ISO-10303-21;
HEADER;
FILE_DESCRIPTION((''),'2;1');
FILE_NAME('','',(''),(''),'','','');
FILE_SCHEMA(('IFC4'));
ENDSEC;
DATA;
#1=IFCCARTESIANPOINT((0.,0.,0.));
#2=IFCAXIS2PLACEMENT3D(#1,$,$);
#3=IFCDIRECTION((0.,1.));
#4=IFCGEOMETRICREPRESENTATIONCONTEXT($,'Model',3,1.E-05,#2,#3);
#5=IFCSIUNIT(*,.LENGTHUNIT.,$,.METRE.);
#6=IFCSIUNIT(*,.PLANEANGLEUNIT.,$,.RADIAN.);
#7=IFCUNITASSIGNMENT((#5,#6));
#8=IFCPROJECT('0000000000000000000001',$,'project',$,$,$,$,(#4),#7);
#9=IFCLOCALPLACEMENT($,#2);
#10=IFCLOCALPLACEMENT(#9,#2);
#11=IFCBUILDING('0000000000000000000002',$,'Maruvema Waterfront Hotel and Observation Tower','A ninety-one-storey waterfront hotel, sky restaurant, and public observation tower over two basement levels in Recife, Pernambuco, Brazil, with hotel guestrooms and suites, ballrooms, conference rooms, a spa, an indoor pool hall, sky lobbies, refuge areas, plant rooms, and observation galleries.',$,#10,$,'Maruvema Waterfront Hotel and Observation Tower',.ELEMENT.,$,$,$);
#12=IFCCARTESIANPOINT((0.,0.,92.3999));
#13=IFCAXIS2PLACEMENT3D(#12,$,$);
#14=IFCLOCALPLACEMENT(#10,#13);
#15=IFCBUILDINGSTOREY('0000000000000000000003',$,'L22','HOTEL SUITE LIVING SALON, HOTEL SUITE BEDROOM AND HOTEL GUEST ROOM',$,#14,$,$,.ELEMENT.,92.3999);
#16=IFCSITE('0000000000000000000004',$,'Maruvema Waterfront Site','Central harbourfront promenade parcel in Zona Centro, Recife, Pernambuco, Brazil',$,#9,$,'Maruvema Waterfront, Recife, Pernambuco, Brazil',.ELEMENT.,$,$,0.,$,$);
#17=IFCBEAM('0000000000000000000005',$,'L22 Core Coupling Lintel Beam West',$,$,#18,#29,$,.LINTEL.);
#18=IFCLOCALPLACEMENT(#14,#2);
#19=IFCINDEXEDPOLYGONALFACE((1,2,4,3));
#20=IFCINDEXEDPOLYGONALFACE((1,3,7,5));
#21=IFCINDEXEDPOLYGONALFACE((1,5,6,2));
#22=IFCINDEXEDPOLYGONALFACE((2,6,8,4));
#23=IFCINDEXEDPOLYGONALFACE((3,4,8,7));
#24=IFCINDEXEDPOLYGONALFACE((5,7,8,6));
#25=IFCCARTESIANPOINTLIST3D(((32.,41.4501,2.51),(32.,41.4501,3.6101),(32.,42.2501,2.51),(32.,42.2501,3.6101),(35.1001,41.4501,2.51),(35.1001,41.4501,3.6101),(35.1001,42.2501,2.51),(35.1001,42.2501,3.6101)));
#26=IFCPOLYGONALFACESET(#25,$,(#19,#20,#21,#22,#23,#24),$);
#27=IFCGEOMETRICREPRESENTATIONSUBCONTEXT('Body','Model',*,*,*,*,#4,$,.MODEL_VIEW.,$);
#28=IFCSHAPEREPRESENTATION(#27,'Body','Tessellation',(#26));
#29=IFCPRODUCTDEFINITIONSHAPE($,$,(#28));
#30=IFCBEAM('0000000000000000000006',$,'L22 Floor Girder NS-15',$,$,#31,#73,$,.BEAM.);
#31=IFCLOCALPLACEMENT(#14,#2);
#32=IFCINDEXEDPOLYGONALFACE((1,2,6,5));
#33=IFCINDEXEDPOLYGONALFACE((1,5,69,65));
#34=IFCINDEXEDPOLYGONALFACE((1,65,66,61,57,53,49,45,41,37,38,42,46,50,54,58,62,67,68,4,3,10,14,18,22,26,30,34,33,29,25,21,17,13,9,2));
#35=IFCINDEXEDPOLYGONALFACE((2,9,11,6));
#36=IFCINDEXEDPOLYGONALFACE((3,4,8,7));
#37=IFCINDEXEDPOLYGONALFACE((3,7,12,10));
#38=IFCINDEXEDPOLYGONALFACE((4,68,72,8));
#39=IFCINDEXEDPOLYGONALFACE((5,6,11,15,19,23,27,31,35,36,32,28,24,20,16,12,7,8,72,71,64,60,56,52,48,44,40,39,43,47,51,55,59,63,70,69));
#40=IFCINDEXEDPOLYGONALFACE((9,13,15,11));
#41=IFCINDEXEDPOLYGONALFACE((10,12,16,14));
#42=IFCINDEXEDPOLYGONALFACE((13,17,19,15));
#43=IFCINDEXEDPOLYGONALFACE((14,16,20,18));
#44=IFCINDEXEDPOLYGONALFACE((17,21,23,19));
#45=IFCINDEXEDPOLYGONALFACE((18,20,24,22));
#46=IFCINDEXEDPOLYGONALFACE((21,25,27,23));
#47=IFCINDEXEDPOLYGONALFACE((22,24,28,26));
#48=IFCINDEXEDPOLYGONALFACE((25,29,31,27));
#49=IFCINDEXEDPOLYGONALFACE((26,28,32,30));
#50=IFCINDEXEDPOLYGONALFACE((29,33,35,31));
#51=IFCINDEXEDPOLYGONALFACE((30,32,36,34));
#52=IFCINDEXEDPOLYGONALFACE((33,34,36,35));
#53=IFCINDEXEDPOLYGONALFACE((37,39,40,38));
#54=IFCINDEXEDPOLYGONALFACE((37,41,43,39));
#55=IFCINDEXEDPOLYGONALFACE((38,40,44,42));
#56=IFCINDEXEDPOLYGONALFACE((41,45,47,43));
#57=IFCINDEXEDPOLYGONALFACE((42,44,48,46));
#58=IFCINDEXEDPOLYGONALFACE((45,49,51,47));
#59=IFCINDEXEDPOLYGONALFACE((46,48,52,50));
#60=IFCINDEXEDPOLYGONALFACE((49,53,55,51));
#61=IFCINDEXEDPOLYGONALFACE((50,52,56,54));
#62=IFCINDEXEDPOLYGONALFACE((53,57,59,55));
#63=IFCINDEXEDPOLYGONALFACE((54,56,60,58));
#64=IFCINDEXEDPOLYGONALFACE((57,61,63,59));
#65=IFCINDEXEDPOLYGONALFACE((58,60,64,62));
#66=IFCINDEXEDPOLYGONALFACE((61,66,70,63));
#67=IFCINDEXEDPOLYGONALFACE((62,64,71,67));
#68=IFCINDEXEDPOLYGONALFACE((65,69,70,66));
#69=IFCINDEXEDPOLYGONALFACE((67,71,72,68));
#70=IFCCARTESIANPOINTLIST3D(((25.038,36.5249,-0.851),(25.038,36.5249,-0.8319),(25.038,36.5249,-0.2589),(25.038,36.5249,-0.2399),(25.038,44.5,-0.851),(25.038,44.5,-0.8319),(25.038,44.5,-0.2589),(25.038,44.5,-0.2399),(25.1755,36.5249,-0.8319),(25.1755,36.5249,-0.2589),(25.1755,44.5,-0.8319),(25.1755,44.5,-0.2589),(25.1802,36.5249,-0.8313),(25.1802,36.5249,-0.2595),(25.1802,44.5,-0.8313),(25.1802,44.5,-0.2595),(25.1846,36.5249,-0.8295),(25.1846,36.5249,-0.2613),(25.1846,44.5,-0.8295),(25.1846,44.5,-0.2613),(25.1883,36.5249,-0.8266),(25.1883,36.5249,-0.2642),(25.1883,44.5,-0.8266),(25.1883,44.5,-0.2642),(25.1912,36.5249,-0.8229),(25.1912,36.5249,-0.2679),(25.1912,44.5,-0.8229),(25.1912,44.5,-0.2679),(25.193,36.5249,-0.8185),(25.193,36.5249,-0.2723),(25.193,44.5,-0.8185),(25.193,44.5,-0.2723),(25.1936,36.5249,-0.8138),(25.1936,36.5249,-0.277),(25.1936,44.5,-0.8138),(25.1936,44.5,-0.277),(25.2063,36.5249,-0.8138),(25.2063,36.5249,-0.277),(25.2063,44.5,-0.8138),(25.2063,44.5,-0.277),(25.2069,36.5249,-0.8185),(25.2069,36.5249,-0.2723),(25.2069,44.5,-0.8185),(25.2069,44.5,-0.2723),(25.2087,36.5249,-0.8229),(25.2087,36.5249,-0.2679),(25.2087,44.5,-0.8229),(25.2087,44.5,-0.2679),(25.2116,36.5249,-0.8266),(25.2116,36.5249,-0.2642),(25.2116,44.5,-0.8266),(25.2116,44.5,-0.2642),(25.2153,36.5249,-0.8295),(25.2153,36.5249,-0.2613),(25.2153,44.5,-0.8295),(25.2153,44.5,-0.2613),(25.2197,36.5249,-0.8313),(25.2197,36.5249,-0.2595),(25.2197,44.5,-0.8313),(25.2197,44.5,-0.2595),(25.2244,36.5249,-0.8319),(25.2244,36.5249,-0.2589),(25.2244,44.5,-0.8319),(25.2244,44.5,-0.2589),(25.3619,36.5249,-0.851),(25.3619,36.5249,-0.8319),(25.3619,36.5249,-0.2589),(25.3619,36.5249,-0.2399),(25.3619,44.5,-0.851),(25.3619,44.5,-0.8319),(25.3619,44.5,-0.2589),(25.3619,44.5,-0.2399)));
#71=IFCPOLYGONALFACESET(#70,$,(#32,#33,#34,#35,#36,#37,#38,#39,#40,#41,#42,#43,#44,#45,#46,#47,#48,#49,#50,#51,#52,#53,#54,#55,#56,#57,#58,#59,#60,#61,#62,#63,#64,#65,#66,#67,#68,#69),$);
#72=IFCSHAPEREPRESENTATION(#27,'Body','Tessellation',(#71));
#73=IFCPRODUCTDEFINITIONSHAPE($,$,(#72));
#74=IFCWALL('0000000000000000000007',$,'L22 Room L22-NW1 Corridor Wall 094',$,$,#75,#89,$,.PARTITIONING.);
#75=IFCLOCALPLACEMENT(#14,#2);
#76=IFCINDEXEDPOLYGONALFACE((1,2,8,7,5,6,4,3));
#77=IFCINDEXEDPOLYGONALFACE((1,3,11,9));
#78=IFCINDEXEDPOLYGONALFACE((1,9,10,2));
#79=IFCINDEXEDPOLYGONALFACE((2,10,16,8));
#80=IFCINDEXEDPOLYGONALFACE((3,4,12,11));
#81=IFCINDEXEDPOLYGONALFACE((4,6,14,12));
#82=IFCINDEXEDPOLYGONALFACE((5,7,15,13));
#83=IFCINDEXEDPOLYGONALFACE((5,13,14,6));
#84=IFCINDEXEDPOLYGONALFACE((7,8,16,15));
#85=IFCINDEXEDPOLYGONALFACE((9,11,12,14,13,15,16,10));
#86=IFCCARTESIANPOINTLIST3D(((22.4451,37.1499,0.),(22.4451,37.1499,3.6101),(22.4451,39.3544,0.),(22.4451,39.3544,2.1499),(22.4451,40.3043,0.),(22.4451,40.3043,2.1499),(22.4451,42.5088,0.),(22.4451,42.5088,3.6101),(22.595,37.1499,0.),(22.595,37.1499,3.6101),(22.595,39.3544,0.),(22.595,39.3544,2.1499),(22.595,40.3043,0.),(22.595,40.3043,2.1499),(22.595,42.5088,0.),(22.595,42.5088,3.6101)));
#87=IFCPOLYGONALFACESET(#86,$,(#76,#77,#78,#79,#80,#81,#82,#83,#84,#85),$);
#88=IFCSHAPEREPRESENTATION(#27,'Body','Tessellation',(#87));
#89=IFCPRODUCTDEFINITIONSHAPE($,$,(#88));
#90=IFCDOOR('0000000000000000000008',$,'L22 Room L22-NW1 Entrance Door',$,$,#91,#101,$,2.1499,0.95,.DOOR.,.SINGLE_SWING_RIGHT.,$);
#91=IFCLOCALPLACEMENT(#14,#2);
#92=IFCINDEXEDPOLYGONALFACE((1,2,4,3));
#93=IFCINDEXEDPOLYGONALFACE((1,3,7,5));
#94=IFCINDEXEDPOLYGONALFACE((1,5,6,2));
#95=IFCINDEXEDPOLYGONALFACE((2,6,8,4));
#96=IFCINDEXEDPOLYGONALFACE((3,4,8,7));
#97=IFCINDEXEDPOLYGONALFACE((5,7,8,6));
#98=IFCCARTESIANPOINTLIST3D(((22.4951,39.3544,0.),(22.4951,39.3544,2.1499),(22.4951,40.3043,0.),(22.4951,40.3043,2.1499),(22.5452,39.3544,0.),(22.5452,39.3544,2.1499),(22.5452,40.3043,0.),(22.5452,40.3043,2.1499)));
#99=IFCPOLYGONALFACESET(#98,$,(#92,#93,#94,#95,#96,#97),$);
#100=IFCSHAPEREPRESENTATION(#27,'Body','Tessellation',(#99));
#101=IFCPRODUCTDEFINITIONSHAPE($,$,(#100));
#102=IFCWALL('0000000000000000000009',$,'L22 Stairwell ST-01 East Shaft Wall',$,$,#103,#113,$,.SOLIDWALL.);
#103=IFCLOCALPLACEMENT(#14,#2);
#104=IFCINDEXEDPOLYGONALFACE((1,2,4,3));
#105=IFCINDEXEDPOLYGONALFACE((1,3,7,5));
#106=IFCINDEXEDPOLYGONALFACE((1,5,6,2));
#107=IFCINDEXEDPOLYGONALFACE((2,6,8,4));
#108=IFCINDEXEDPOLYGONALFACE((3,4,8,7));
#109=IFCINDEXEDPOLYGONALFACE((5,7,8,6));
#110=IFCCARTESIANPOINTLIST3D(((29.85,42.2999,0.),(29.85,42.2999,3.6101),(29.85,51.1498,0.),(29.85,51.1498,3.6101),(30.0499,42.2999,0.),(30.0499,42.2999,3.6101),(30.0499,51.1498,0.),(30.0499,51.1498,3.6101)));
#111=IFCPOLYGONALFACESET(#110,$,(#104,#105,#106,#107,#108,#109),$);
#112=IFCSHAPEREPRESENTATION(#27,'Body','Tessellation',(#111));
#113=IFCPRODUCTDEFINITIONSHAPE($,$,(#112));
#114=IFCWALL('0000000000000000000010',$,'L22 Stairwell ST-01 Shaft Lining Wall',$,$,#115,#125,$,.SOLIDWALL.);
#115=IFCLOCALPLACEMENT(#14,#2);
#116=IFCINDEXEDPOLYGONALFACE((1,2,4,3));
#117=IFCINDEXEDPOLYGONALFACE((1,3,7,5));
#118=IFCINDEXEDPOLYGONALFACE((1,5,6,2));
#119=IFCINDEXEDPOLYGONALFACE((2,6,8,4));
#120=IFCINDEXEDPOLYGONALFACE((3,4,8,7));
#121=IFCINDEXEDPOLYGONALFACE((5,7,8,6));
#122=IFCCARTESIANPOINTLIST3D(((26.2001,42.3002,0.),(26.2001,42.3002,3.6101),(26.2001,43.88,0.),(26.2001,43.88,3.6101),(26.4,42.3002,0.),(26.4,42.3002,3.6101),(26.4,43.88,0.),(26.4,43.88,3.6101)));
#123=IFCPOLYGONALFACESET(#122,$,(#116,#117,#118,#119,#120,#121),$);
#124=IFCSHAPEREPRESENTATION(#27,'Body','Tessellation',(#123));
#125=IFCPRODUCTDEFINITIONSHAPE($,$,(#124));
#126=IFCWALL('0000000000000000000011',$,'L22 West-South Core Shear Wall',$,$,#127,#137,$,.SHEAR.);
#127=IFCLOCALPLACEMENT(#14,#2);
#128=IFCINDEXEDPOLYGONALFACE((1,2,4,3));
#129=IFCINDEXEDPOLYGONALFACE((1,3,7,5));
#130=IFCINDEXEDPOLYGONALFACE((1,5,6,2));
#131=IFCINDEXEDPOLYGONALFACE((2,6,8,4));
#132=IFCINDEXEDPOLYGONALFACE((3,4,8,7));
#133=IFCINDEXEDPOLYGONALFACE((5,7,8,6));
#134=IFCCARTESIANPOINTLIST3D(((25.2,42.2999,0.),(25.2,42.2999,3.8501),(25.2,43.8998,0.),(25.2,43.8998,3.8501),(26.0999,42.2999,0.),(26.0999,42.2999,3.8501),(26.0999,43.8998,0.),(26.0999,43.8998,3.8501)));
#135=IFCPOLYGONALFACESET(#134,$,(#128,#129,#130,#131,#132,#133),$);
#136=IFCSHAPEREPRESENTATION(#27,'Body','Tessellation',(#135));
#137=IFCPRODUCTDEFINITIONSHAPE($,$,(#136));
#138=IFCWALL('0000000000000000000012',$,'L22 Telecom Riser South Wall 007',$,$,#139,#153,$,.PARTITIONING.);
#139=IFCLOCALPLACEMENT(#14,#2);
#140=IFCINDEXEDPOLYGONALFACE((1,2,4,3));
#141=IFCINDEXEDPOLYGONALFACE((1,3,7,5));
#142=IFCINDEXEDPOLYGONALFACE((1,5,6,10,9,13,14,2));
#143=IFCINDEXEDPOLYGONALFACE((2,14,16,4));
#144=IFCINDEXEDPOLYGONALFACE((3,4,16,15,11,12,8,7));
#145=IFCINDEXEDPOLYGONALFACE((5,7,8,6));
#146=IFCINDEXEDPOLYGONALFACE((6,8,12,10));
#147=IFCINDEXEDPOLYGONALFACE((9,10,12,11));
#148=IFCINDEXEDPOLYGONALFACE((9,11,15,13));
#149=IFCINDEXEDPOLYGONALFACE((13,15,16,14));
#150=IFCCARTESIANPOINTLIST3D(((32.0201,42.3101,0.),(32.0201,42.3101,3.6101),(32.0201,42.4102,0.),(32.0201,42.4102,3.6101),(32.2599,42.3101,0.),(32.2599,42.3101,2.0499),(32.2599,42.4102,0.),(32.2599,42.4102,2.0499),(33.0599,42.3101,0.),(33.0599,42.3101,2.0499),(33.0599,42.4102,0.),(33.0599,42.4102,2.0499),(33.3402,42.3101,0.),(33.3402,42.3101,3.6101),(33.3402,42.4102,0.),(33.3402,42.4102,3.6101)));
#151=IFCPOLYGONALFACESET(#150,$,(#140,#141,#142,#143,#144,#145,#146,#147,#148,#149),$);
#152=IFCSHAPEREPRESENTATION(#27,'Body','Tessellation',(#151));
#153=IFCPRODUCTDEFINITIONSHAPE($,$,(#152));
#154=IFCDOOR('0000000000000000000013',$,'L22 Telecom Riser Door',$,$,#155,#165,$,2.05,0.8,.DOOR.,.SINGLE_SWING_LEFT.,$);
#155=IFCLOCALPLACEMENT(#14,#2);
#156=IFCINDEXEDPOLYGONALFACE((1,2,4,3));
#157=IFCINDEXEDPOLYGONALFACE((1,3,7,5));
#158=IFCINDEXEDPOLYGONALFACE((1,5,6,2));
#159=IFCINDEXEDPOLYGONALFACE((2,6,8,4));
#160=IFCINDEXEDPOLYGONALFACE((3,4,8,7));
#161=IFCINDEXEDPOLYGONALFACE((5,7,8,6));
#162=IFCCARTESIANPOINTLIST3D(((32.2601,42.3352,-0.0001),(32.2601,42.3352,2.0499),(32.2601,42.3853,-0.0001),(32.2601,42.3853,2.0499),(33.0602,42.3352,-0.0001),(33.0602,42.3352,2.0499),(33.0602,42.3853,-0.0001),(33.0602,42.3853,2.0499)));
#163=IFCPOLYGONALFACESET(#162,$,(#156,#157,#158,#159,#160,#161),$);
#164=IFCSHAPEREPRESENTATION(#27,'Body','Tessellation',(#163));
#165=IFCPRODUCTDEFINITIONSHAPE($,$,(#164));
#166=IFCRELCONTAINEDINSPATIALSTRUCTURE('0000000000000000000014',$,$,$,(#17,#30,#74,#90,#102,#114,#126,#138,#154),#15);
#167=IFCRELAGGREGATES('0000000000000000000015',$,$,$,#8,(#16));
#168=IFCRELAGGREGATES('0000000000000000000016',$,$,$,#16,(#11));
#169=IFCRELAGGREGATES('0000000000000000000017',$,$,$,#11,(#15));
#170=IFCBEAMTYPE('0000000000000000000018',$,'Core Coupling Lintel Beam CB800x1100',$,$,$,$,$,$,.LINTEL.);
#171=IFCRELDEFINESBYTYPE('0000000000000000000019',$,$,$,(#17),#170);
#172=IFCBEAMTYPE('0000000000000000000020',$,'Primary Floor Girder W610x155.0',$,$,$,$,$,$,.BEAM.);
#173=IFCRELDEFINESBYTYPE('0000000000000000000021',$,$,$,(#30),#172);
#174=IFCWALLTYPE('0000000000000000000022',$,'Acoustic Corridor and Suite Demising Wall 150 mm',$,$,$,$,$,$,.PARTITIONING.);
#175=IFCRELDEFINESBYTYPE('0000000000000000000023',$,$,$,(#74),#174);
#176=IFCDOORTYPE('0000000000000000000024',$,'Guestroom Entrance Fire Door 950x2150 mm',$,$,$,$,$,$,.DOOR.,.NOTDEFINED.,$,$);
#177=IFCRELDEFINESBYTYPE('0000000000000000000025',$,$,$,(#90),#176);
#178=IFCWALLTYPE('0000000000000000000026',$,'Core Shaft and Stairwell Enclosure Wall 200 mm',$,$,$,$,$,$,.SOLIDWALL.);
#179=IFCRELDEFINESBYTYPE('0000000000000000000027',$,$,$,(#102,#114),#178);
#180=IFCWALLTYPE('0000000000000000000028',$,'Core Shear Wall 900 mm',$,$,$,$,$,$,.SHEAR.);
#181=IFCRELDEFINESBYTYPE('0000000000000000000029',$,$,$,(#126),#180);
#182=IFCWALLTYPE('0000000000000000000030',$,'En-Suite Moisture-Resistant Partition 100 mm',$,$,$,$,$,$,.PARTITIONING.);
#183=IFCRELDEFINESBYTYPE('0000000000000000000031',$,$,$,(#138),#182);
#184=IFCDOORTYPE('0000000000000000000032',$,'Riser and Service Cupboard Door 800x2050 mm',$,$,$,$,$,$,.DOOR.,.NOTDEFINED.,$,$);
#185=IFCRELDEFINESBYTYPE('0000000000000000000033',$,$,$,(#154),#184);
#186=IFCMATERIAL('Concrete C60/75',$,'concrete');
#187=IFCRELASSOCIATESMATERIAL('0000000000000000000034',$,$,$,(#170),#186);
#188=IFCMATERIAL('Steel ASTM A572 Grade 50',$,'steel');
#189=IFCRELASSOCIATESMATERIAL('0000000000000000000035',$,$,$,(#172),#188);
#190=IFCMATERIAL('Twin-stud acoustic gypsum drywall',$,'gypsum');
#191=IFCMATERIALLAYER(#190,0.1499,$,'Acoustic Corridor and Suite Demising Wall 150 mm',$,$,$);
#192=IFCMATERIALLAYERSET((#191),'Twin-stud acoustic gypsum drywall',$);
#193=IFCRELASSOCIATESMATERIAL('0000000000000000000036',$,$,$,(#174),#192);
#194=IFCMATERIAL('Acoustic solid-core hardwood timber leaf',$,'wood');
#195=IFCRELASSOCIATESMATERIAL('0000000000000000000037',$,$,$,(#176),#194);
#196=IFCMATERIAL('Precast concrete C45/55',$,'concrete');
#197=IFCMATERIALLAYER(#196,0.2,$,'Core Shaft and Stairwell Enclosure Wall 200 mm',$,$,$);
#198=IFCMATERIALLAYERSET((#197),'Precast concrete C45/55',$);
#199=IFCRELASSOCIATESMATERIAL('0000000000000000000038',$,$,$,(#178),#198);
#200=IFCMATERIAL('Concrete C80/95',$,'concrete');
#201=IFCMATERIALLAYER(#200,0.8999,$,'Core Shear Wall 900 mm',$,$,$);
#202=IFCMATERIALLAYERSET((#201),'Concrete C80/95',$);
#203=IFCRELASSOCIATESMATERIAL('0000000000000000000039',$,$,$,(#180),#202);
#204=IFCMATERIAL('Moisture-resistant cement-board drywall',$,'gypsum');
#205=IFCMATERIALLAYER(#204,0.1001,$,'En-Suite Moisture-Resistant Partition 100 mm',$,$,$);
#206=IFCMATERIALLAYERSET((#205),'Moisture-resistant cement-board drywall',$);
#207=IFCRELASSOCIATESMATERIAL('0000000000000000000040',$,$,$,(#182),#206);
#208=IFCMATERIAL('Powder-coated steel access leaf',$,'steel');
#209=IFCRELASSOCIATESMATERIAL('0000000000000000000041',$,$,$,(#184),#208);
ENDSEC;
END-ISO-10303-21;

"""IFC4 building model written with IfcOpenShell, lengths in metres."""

from ifc_helpers import new_model, si_unit, direction, frame, frame_2d, origin, origin_2d, place, context, subcontext, project, spatial, rectangle, i_section, extrude, material, layer, layer_set, material_profile, profile_set, type_object, element, fill, save


model = new_model("IFC4")

# Units and contexts
model_context = context("Model", 3, precision=1e-05, world=origin(), true_north=direction((0.0, 1.0)))
body_context = subcontext(model_context, "Body", "Model", "MODEL_VIEW")
ifc_project = project(units=[si_unit("LENGTHUNIT", "METRE"), si_unit("PLANEANGLEUNIT", "RADIAN")], contexts=[model_context])

# Site, building, storey
site_placement = place(None, origin())
site = spatial("IfcSite", under=ifc_project, at=site_placement, Name="Maruvema Waterfront Site", Description="Central harbourfront promenade parcel in Zona Centro, Recife, Pernambuco, Brazil", LongName="Maruvema Waterfront, Recife, Pernambuco, Brazil", CompositionType="ELEMENT", RefElevation=0.0)
building_placement = place(site_placement, origin())
building = spatial("IfcBuilding", under=site, at=building_placement, Name="Maruvema Waterfront Hotel and Observation Tower", Description="A ninety-one-storey waterfront hotel, sky restaurant, and public observation tower over two basement levels in Recife, Pernambuco, Brazil, with hotel guestrooms and suites, ballrooms, conference rooms, a spa, an indoor pool hall, sky lobbies, refuge areas, plant rooms, and observation galleries.", LongName="Maruvema Waterfront Hotel and Observation Tower", CompositionType="ELEMENT")
storey_placement = place(building_placement, frame((0.0, 0.0, 92.3999)))
storey = spatial("IfcBuildingStorey", under=building, at=storey_placement, Name="L22", Description="HOTEL SUITE LIVING SALON, HOTEL SUITE BEDROOM AND HOTEL GUEST ROOM", CompositionType="ELEMENT", Elevation=92.3999)

# Beams
ifc_material_1 = material(Name="Concrete C60/75", Category="concrete")
ifc_material_profile_1 = material_profile(ifc_material_1, rectangle(XDim=0.8, YDim=1.1001, at=origin_2d()), Name="CB800x1100")
ifc_profile_set_1 = profile_set([ifc_material_profile_1], Name="Concrete C60/75")
beam_type_1 = type_object("IfcBeamType", Name="Core Coupling Lintel Beam CB800x1100", PredefinedType="LINTEL", material=ifc_profile_set_1)
beam_1_placement = place(storey_placement, frame((32.0, 41.8501, 3.0601), z_axis=(1.0, 0.0, 0.0), x_axis=(0.0, 1.0, 0.0)))
element("IfcBeam", 1, at=beam_1_placement, inside=storey, type_object=beam_type_1, Name="L22 Core Coupling Lintel Beam West", PredefinedType="LINTEL", context=body_context, shape_type="SweptSolid", body=[
    extrude(rectangle(XDim=0.8, YDim=1.1001, at=origin_2d()), origin(), (0.0, 0.0, 1.0), 3.1001),
])
ifc_material_2 = material(Name="Steel ASTM A572 Grade 50", Category="steel")
ifc_material_profile_2 = material_profile(ifc_material_2, i_section(OverallWidth=0.324, OverallDepth=0.6111, WebThickness=0.0127, FlangeThickness=0.019, FilletRadius=0.0181, at=origin_2d()), Name="W610x155.0")
ifc_profile_set_2 = profile_set([ifc_material_profile_2], Name="Steel ASTM A572 Grade 50")
beam_type_2 = type_object("IfcBeamType", Name="Primary Floor Girder W610x155.0", PredefinedType="BEAM", material=ifc_profile_set_2)
beam_2_placement = place(storey_placement, frame((25.2, 36.5249, -0.5454), z_axis=(0.0, 1.0, 0.0), x_axis=(-1.0, 0.0, 0.0)))
element("IfcBeam", 2, at=beam_2_placement, inside=storey, type_object=beam_type_2, Name="L22 Floor Girder NS-15", PredefinedType="BEAM", context=body_context, shape_type="SweptSolid", body=[
    extrude(i_section(OverallWidth=0.324, OverallDepth=0.6111, WebThickness=0.0127, FlangeThickness=0.019, FilletRadius=0.0181, at=origin_2d()), origin(), (0.0, 0.0, 1.0), 7.9751),
])

# Wall, opening, door
ifc_material_3 = material(Name="Twin-stud acoustic gypsum drywall", Category="gypsum")
ifc_layer_1 = layer(ifc_material_3, 0.1499, Name="Acoustic Corridor and Suite Demising Wall 150 mm")
ifc_layer_set_1 = layer_set([ifc_layer_1], Name="Twin-stud acoustic gypsum drywall")
wall_type_1 = type_object("IfcWallType", Name="Acoustic Corridor and Suite Demising Wall 150 mm", PredefinedType="PARTITIONING", material=ifc_layer_set_1)
wall_1_placement = place(storey_placement, frame((22.52, 37.1499, 0.0), z_axis=(0.0, 0.0, 1.0), x_axis=(0.0, 1.0, 0.0)))
wall_1 = element("IfcWall", 3, at=wall_1_placement, inside=storey, type_object=wall_type_1, Name="L22 Room L22-NW1 Corridor Wall 094", PredefinedType="PARTITIONING", context=body_context, shape_type="SweptSolid", body=[
    extrude(rectangle(XDim=5.3589, YDim=0.1499, at=frame_2d((2.6794, 0.0))), origin(), (0.0, 0.0, 1.0), 3.6101),
])
opening_1_placement = place(wall_1_placement, frame((2.2043, 0.0, 0.0)))
opening_1 = element("IfcOpeningElement", 4, at=opening_1_placement, cuts=wall_1, PredefinedType="OPENING", context=body_context, shape_type="SweptSolid", body=[
    extrude(rectangle(XDim=0.95, YDim=2.1499, at=frame_2d((0.4751, 1.075))), frame((0.0, 0.085, 0.0), z_axis=(0.0, -1.0, 0.0), x_axis=(1.0, 0.0, 0.0)), (0.0, 0.0, 1.0), 0.1699),
])
ifc_material_4 = material(Name="Acoustic solid-core hardwood timber leaf", Category="wood")
door_type_1 = type_object("IfcDoorType", Name="Guestroom Entrance Fire Door 950x2150 mm", OperationType="NOTDEFINED", PredefinedType="DOOR", material=ifc_material_4)
door_1_placement = place(opening_1_placement, origin())
door_1 = element("IfcDoor", 5, at=door_1_placement, inside=storey, type_object=door_type_1, Name="L22 Room L22-NW1 Entrance Door", OperationType="SINGLE_SWING_RIGHT", OverallHeight=2.1499, OverallWidth=0.95, PredefinedType="DOOR", context=body_context, shape_type="SweptSolid", body=[
    extrude(rectangle(XDim=0.95, YDim=2.1499, at=frame_2d((0.4751, 1.075))), frame((0.0, 0.0249, 0.0), z_axis=(0.0, -1.0, 0.0), x_axis=(1.0, 0.0, 0.0)), (0.0, 0.0, 1.0), 0.05),
])
fill(opening_1, door_1)

# Walls
ifc_material_5 = material(Name="Precast concrete C45/55", Category="concrete")
ifc_layer_2 = layer(ifc_material_5, 0.2, Name="Core Shaft and Stairwell Enclosure Wall 200 mm")
ifc_layer_set_2 = layer_set([ifc_layer_2], Name="Precast concrete C45/55")
wall_type_2 = type_object("IfcWallType", Name="Core Shaft and Stairwell Enclosure Wall 200 mm", PredefinedType="SOLIDWALL", material=ifc_layer_set_2)
wall_2_placement = place(storey_placement, frame((29.95, 42.3, 0.0), z_axis=(0.0, 0.0, 1.0), x_axis=(0.0, 1.0, 0.0)))
element("IfcWall", 6, at=wall_2_placement, inside=storey, type_object=wall_type_2, Name="L22 Stairwell ST-01 East Shaft Wall", PredefinedType="SOLIDWALL", context=body_context, shape_type="SweptSolid", body=[
    extrude(rectangle(XDim=8.8499, YDim=0.2, at=frame_2d((4.4248, 0.0))), origin(), (0.0, 0.0, 1.0), 3.6101),
])
wall_3_placement = place(storey_placement, frame((26.3, 42.3, 0.0), z_axis=(0.0, 0.0, 1.0), x_axis=(0.0, 1.0, 0.0)))
element("IfcWall", 7, at=wall_3_placement, inside=storey, type_object=wall_type_2, Name="L22 Stairwell ST-01 Shaft Lining Wall", PredefinedType="SOLIDWALL", context=body_context, shape_type="SweptSolid", body=[
    extrude(rectangle(XDim=1.5798, YDim=0.2, at=frame_2d((0.79, 0.0))), origin(), (0.0, 0.0, 1.0), 3.6101),
])

# Shared definitions
ifc_material_6 = material(Name="Concrete C80/95", Category="concrete")
ifc_layer_3 = layer(ifc_material_6, 0.8999, Name="Core Shear Wall 900 mm")
ifc_layer_set_3 = layer_set([ifc_layer_3], Name="Concrete C80/95")
wall_type_3 = type_object("IfcWallType", Name="Core Shear Wall 900 mm", PredefinedType="SHEAR", material=ifc_layer_set_3)

# Wall
wall_4_placement = place(storey_placement, frame((25.6499, 42.3, 0.0), z_axis=(0.0, 0.0, 1.0), x_axis=(0.0, 1.0, 0.0)))
element("IfcWall", 8, at=wall_4_placement, inside=storey, type_object=wall_type_3, Name="L22 West-South Core Shear Wall", PredefinedType="SHEAR", context=body_context, shape_type="SweptSolid", body=[
    extrude(rectangle(XDim=1.5999, YDim=0.8999, at=frame_2d((0.7998, 0.0))), origin(), (0.0, 0.0, 1.0), 3.8501),
])

# Wall, opening, door
ifc_material_7 = material(Name="Moisture-resistant cement-board drywall", Category="gypsum")
ifc_layer_4 = layer(ifc_material_7, 0.1001, Name="En-Suite Moisture-Resistant Partition 100 mm")
ifc_layer_set_4 = layer_set([ifc_layer_4], Name="Moisture-resistant cement-board drywall")
wall_type_4 = type_object("IfcWallType", Name="En-Suite Moisture-Resistant Partition 100 mm", PredefinedType="PARTITIONING", material=ifc_layer_set_4)
wall_5_placement = place(storey_placement, frame((32.02, 42.3601, 0.0), z_axis=(0.0, 0.0, 1.0), x_axis=(1.0, 0.0, 0.0)))
wall_5 = element("IfcWall", 9, at=wall_5_placement, inside=storey, type_object=wall_type_4, Name="L22 Telecom Riser South Wall 007", PredefinedType="PARTITIONING", context=body_context, shape_type="SweptSolid", body=[
    extrude(rectangle(XDim=1.3201, YDim=0.1001, at=frame_2d((0.6602, 0.0))), origin(), (0.0, 0.0, 1.0), 3.6101),
])
opening_2_placement = place(wall_5_placement, frame((0.24, 0.0, 0.0)))
opening_2 = element("IfcOpeningElement", 10, at=opening_2_placement, cuts=wall_5, PredefinedType="OPENING", context=body_context, shape_type="SweptSolid", body=[
    extrude(rectangle(XDim=0.8, YDim=2.05, at=frame_2d((0.3999, 1.0249))), frame((0.0, 0.0601, 0.0), z_axis=(0.0, -1.0, 0.0), x_axis=(1.0, 0.0, 0.0)), (0.0, 0.0, 1.0), 0.1201),
])
ifc_material_8 = material(Name="Powder-coated steel access leaf", Category="steel")
door_type_2 = type_object("IfcDoorType", Name="Riser and Service Cupboard Door 800x2050 mm", OperationType="NOTDEFINED", PredefinedType="DOOR", material=ifc_material_8)
door_2_placement = place(opening_2_placement, frame((0.8, 0.0, 0.0), z_axis=(0.0, 0.0, 1.0), x_axis=(-1.0, 0.0, 0.0)))
door_2 = element("IfcDoor", 11, at=door_2_placement, inside=storey, type_object=door_type_2, Name="L22 Telecom Riser Door", OperationType="SINGLE_SWING_LEFT", OverallHeight=2.05, OverallWidth=0.8, PredefinedType="DOOR", context=body_context, shape_type="SweptSolid", body=[
    extrude(rectangle(XDim=0.8, YDim=2.05, at=frame_2d((0.3999, 1.0249))), frame((0.0, 0.0249, 0.0), z_axis=(0.0, -1.0, 0.0), x_axis=(1.0, 0.0, 0.0)), (0.0, 0.0, 1.0), 0.05),
])
fill(opening_2, door_2)

save(model, "model.ifc")
